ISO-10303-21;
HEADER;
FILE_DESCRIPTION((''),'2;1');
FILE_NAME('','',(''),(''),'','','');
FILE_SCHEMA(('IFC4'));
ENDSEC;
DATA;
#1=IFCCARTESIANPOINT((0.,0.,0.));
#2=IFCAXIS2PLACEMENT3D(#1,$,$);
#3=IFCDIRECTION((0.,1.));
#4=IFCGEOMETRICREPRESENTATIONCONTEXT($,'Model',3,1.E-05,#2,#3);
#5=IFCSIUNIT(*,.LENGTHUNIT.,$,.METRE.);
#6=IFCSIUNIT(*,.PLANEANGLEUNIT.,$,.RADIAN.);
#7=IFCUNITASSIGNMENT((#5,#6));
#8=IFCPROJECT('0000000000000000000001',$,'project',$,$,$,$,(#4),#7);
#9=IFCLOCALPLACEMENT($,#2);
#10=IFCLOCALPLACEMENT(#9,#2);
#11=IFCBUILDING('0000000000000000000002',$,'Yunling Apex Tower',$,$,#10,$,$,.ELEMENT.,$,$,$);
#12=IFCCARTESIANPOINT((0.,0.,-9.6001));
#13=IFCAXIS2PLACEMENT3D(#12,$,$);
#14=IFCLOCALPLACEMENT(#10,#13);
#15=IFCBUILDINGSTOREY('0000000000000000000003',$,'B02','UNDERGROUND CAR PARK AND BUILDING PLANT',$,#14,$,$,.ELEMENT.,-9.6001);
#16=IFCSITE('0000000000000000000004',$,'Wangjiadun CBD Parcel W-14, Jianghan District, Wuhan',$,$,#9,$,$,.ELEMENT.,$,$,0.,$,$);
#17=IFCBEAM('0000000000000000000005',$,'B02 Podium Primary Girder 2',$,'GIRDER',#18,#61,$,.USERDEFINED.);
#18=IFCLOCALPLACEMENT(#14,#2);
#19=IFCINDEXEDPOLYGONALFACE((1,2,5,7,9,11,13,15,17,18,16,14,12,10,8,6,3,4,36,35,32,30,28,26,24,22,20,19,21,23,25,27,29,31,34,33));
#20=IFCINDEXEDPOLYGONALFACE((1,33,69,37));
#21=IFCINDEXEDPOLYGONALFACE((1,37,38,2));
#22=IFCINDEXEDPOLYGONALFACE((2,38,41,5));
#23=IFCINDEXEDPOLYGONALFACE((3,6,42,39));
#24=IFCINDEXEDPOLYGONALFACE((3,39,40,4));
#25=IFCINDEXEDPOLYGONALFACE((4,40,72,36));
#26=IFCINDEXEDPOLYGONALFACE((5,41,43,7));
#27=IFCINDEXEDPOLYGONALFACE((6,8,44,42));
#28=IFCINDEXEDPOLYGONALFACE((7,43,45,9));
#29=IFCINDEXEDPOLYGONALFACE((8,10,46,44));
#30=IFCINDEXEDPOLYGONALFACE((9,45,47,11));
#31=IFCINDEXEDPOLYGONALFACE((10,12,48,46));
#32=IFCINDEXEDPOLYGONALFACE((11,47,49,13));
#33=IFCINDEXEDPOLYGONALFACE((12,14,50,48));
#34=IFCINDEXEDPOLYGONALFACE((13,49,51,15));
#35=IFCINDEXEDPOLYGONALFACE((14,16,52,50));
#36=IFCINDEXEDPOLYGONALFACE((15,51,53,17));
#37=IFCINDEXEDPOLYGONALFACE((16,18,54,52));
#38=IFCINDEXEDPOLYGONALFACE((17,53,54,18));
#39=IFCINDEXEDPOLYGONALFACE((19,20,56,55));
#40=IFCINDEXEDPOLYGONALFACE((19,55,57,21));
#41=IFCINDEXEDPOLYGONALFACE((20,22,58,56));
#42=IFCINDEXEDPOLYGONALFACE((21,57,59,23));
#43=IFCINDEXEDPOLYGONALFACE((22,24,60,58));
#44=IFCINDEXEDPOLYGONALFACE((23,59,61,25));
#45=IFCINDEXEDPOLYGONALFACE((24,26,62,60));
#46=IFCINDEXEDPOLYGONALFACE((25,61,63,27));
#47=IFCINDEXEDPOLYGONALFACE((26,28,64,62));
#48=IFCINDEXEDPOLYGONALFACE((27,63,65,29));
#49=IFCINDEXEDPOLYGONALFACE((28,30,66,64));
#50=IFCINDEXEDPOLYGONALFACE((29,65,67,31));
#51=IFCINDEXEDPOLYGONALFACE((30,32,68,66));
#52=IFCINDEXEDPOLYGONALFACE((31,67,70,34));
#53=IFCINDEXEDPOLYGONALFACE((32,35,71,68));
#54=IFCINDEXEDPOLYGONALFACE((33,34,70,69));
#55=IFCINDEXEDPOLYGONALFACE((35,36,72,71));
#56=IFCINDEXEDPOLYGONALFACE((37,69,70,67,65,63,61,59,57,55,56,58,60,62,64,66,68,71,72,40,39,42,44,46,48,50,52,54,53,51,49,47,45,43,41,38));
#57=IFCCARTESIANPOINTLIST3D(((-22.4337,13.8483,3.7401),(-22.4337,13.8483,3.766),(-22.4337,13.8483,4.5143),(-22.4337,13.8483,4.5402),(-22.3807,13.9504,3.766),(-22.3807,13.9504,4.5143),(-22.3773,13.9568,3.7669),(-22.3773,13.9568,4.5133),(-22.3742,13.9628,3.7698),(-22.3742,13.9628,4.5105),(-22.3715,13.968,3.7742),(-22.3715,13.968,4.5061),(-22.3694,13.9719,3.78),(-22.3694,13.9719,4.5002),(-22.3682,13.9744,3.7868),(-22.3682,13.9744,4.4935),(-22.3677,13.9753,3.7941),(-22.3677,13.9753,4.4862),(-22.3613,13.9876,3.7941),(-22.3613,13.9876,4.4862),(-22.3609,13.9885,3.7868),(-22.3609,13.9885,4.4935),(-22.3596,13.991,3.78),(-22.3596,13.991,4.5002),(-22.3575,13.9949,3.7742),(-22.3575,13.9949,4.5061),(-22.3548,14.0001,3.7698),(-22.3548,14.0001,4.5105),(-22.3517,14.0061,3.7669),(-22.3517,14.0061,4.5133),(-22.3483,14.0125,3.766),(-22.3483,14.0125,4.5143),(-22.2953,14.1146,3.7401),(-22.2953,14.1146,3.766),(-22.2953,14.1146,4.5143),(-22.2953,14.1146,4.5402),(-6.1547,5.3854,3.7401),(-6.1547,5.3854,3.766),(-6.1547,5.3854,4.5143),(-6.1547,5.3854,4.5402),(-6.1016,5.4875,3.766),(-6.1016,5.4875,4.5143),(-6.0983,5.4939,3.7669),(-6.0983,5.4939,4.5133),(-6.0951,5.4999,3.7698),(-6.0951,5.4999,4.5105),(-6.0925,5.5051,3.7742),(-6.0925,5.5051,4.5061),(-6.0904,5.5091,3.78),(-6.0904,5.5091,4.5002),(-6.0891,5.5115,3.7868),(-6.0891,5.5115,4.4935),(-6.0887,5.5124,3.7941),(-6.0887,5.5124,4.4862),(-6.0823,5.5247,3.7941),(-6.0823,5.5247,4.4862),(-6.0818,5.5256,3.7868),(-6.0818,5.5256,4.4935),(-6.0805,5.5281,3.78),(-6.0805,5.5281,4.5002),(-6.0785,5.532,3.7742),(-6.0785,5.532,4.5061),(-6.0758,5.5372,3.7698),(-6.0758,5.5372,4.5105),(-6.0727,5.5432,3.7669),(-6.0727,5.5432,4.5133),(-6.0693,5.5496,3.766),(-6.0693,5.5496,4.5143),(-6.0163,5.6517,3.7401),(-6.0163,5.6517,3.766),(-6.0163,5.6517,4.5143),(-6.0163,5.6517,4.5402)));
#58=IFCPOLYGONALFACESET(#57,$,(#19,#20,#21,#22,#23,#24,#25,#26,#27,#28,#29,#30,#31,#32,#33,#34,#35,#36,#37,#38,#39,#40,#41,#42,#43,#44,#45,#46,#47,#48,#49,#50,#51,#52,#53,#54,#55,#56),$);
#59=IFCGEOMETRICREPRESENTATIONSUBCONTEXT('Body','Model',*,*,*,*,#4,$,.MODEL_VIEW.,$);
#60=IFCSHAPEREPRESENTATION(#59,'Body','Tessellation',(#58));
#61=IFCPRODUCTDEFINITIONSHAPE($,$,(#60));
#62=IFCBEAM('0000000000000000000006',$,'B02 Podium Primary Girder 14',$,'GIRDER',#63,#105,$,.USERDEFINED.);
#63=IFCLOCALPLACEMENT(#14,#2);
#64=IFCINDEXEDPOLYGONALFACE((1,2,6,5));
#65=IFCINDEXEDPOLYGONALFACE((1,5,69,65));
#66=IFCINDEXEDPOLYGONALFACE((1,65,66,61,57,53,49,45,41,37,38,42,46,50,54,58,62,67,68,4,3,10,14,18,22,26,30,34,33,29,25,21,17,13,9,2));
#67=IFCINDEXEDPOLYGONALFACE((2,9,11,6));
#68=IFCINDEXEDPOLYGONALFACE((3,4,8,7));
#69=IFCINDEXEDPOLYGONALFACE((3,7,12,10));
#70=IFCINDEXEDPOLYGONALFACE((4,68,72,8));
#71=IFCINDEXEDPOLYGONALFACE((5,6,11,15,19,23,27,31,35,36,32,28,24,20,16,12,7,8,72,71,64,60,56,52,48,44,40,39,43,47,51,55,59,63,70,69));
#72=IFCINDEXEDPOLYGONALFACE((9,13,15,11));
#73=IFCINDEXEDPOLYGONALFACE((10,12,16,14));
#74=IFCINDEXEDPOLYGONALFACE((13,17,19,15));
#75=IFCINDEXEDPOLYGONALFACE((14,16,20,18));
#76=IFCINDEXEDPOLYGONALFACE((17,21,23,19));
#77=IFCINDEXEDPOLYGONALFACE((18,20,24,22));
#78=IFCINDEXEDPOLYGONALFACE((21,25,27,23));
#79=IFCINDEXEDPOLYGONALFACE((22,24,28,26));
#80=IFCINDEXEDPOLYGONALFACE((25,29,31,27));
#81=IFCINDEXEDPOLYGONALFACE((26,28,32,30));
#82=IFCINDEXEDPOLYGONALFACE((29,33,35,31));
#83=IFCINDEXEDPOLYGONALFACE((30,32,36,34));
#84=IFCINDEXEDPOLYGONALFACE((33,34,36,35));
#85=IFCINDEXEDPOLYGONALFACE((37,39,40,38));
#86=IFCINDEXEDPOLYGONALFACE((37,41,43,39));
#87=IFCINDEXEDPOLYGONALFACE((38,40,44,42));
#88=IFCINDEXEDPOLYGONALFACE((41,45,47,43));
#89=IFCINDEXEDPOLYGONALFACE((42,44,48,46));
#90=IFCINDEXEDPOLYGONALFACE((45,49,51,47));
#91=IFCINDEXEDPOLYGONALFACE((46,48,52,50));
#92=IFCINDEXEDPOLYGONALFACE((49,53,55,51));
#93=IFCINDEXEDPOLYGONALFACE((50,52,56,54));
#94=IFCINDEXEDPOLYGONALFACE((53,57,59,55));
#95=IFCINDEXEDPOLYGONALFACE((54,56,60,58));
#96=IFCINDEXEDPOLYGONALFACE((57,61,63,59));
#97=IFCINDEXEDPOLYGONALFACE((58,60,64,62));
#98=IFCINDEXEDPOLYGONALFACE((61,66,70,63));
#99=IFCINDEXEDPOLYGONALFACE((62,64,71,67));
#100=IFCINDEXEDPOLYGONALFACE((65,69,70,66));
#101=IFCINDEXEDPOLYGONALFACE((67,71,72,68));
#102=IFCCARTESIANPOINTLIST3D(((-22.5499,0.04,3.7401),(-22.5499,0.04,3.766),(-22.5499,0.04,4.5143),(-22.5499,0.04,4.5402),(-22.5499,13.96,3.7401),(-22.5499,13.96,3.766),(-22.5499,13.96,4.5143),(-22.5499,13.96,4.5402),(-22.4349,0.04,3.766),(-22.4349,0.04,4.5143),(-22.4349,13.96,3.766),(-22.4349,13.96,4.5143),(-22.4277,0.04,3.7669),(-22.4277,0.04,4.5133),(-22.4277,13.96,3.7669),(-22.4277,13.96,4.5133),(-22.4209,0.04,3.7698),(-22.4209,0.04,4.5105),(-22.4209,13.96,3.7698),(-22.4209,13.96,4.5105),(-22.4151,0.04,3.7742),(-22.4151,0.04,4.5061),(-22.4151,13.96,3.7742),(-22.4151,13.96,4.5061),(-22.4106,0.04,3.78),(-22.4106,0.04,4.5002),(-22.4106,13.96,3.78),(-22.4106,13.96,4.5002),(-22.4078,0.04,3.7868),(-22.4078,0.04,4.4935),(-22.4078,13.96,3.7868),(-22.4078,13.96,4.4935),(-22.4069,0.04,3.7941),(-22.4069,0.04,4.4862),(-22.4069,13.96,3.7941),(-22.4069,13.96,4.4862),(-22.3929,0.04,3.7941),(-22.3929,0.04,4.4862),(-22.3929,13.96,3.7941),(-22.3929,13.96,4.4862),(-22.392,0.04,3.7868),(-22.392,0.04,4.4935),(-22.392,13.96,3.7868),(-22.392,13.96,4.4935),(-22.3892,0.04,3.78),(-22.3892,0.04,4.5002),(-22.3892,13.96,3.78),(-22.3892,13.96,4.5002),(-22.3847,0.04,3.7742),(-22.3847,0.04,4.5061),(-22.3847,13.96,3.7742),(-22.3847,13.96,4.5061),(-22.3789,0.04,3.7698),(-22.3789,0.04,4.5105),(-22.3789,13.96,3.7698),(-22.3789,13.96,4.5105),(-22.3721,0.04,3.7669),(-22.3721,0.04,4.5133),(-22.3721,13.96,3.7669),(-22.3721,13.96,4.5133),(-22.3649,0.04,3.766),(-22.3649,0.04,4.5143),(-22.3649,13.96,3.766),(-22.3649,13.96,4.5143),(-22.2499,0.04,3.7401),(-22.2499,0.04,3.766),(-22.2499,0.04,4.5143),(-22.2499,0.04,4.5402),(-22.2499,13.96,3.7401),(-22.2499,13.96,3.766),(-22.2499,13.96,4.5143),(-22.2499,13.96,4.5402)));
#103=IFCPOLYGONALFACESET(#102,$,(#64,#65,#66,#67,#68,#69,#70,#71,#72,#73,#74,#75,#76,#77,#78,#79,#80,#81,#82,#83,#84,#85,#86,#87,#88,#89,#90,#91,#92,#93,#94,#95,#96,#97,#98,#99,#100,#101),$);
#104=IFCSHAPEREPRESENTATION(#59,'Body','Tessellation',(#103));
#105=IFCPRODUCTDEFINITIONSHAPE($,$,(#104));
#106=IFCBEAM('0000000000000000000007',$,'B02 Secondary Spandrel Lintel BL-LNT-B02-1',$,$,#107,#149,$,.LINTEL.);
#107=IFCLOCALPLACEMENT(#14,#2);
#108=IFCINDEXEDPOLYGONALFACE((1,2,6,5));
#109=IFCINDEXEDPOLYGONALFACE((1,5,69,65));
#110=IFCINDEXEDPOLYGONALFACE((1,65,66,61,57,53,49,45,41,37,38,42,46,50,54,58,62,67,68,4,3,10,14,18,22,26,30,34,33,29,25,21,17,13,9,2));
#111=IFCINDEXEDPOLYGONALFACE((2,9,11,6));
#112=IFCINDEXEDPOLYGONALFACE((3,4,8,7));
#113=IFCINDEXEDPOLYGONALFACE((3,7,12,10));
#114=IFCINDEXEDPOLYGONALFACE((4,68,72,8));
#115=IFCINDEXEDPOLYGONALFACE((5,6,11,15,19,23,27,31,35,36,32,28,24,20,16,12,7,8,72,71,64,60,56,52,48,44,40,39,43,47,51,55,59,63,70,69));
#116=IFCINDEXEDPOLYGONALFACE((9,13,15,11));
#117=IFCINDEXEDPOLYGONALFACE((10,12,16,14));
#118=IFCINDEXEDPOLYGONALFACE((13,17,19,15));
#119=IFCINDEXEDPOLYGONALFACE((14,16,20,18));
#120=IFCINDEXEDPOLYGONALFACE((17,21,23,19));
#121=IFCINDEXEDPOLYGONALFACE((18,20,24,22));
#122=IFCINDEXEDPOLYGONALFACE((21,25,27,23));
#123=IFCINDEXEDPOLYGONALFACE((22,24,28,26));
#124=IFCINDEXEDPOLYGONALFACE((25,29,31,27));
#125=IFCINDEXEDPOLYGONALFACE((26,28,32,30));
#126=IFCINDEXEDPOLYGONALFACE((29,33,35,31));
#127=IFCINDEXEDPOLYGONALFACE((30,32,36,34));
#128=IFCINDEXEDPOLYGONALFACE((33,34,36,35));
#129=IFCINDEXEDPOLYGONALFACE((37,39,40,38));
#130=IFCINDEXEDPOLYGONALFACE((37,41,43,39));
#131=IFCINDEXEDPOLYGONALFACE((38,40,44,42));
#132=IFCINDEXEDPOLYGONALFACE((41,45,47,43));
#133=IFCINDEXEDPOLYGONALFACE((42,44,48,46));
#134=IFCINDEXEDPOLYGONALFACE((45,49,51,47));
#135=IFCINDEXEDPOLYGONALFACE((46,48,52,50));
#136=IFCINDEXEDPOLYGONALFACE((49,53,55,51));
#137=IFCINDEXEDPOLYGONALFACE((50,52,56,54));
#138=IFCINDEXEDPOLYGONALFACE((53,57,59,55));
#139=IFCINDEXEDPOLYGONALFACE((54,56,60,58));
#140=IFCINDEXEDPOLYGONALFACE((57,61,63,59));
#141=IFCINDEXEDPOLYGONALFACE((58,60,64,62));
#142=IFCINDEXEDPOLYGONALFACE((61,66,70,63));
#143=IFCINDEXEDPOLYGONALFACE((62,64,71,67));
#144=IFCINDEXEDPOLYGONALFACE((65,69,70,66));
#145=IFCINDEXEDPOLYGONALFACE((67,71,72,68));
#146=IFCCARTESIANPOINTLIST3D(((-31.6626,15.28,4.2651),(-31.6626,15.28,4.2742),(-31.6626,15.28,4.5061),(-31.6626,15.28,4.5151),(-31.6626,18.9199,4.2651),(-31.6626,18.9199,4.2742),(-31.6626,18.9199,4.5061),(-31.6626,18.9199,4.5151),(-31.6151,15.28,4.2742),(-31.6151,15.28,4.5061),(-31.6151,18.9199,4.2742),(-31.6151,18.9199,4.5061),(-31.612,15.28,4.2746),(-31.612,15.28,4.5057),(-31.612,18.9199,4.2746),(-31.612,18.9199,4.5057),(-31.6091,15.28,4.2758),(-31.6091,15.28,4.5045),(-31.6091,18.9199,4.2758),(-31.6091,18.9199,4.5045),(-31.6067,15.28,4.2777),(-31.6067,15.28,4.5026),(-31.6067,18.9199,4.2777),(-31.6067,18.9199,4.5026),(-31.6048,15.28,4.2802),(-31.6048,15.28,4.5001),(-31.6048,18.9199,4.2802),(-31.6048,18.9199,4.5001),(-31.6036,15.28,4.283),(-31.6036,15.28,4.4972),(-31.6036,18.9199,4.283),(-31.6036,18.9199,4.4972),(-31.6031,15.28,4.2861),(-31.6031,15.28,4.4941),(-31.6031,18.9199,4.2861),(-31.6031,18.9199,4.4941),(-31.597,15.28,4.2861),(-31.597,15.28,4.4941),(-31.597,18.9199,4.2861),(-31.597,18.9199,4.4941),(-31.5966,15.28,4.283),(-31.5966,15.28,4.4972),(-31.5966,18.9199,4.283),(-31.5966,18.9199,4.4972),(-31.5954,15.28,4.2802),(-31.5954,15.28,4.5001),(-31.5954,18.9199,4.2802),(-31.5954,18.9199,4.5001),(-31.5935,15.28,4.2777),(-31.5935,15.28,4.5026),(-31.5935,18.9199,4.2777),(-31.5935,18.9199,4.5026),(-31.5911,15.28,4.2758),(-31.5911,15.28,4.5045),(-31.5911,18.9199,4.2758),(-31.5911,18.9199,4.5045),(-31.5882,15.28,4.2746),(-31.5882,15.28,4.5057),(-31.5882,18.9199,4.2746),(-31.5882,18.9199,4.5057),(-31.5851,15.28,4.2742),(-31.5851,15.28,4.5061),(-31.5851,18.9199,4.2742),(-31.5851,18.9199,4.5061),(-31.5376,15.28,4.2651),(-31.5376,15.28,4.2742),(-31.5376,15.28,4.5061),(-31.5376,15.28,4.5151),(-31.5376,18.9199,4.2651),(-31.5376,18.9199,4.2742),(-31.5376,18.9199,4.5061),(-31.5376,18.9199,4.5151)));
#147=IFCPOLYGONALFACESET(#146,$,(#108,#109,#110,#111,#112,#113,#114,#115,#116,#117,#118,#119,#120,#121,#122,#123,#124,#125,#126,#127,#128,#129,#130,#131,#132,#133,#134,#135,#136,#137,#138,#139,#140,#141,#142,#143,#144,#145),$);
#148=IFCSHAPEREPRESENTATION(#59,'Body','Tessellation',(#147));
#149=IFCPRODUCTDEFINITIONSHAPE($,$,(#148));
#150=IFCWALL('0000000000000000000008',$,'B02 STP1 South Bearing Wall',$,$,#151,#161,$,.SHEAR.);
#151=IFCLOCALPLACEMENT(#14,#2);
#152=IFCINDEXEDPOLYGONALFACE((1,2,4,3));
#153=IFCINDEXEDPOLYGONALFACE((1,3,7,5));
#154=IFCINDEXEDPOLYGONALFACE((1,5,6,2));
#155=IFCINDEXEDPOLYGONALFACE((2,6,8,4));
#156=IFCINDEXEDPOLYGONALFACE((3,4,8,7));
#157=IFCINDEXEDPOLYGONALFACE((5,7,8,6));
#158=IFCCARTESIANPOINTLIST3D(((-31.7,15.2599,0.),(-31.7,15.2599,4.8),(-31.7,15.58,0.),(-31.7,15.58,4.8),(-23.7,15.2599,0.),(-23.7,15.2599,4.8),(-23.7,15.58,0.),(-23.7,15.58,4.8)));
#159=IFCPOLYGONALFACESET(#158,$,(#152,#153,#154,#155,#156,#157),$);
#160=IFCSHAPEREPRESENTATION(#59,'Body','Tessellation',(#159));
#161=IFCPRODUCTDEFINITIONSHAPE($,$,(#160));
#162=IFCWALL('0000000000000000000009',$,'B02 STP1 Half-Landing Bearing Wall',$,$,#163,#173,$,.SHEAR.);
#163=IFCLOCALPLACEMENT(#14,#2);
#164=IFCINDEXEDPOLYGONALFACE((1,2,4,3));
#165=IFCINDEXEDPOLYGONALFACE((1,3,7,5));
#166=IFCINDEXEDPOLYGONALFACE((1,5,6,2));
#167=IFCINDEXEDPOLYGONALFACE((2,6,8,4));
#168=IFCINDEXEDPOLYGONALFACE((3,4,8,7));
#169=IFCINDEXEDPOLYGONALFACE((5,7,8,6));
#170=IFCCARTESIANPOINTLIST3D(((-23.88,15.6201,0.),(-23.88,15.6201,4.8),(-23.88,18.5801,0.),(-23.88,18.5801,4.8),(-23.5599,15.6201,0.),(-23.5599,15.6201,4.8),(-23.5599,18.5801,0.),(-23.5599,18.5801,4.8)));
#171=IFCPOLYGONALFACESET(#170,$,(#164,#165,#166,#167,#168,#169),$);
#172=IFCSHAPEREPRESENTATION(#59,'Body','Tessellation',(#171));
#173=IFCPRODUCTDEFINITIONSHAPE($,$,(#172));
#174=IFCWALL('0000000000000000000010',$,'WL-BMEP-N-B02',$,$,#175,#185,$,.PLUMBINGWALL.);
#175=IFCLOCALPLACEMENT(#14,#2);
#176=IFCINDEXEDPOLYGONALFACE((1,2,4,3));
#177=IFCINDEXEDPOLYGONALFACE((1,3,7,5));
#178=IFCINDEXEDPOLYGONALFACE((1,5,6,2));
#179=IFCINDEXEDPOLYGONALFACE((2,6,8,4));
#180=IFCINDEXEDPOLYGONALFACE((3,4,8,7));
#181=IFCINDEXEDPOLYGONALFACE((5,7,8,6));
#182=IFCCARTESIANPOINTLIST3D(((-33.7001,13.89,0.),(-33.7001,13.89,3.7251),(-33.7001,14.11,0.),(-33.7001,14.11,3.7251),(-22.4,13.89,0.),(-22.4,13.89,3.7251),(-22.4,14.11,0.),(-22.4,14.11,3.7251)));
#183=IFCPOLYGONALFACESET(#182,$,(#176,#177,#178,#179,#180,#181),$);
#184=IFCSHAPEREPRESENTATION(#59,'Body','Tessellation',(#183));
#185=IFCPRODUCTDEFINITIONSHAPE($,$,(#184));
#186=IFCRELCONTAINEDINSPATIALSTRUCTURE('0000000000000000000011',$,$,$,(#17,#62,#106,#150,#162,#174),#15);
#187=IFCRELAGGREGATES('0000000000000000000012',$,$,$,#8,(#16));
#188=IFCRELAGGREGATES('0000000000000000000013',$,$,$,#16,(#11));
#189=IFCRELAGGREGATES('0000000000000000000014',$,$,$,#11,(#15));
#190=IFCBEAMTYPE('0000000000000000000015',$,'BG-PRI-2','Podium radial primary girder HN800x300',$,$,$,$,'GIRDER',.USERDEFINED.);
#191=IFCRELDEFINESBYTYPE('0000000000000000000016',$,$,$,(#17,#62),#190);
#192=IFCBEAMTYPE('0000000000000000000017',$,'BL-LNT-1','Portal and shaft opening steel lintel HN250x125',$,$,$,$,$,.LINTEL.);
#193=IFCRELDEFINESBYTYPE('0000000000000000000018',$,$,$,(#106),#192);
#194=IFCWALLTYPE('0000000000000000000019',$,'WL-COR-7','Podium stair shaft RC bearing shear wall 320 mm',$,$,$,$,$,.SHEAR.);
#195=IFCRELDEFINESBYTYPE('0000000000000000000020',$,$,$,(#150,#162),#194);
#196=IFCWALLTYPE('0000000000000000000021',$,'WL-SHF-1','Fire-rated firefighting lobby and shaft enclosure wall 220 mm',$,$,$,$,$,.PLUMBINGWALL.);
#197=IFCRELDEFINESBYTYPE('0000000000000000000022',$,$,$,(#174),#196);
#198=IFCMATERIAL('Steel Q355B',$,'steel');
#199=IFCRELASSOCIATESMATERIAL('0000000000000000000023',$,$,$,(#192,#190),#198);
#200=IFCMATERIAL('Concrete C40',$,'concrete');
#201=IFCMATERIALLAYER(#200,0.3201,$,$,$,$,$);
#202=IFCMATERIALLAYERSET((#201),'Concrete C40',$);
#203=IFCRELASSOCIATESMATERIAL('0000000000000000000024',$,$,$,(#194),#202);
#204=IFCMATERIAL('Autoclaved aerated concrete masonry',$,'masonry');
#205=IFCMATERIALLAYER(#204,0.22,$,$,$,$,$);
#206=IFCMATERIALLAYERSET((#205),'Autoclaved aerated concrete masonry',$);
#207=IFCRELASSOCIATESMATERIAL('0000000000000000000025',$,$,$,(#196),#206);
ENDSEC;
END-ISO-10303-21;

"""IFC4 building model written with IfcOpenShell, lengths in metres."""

from ifc_helpers import new_model, si_unit, direction, frame, frame_2d, origin, origin_2d, place, context, subcontext, project, spatial, rectangle, i_section, extrude, source, transform, mapped, material, layer, layer_set, material_profile, profile_set, type_object, element, save


model = new_model("IFC4")

# Units and contexts
model_context = context("Model", 3, precision=1e-05, world=origin(), true_north=direction((0.0, 1.0)))
body_context = subcontext(model_context, "Body", "Model", "MODEL_VIEW")
ifc_project = project(units=[si_unit("LENGTHUNIT", "METRE"), si_unit("PLANEANGLEUNIT", "RADIAN")], contexts=[model_context])

# Site, building, storey
site_placement = place(None, origin())
site = spatial("IfcSite", under=ifc_project, at=site_placement, Name="Wangjiadun CBD Parcel W-14, Jianghan District, Wuhan", CompositionType="ELEMENT", RefElevation=0.0)
building_placement = place(site_placement, origin())
building = spatial("IfcBuilding", under=site, at=building_placement, Name="Yunling Apex Tower", CompositionType="ELEMENT")
storey_placement = place(building_placement, frame((0.0, 0.0, -9.6001)))
storey = spatial("IfcBuildingStorey", under=building, at=storey_placement, Name="B02", Description="UNDERGROUND CAR PARK AND BUILDING PLANT", CompositionType="ELEMENT", Elevation=-9.6001)

# Beams
ifc_material_1 = material(Name="Steel Q355B", Category="steel")
ifc_material_profile_1 = material_profile(ifc_material_1, i_section(OverallWidth=0.125, OverallDepth=0.25, WebThickness=0.0061, FlangeThickness=0.009, FilletRadius=0.012, at=origin_2d()))
ifc_profile_set_1 = profile_set([ifc_material_profile_1], Name="Steel Q355B")
beam_type_1 = type_object("IfcBeamType", Name="BL-LNT-1", Description="Portal and shaft opening steel lintel HN250x125", PredefinedType="LINTEL", material=ifc_profile_set_1)
ifc_material_profile_2 = material_profile(ifc_material_1, i_section(OverallWidth=0.3, OverallDepth=0.8, WebThickness=0.0139, FlangeThickness=0.0259, FilletRadius=0.0281, at=origin_2d()))
ifc_profile_set_2 = profile_set([ifc_material_profile_2], Name="Steel Q355B")
beam_type_2 = type_object("IfcBeamType", Name="BG-PRI-2", Description="Podium radial primary girder HN800x300", ElementType="GIRDER", PredefinedType="USERDEFINED", material=ifc_profile_set_2)
shared_shape_1 = source(origin(), body_context, "Body", "SweptSolid", [
    extrude(i_section(OverallWidth=0.3, OverallDepth=0.8, WebThickness=0.0139, FlangeThickness=0.0259, FilletRadius=0.0281, at=origin_2d()), origin(), (0.0, 0.0, 1.0), 18.3474),
])
beam_1_placement = place(storey_placement, frame((-22.3645, 13.9814, 4.1401), z_axis=(0.887266, -0.461258, 0.0), x_axis=(0.461258, 0.887266, 0.0)))
element("IfcBeam", 1, at=beam_1_placement, inside=storey, type_object=beam_type_2, Name="B02 Podium Primary Girder 2", ObjectType="GIRDER", PredefinedType="USERDEFINED", context=body_context, shape_type="MappedRepresentation", body=[
    mapped(shared_shape_1, transform((0.0, 0.0, 0.0), scale=1.0)),
])
shared_shape_2 = source(origin(), body_context, "Body", "SweptSolid", [
    extrude(i_section(OverallWidth=0.3, OverallDepth=0.8, WebThickness=0.0139, FlangeThickness=0.0259, FilletRadius=0.0281, at=origin_2d()), origin(), (0.0, 0.0, 1.0), 13.9199),
])
beam_2_placement = place(storey_placement, frame((-22.3999, 13.96, 4.1401), z_axis=(0.0, -1.0, 0.0), x_axis=(1.0, 0.0, 0.0)))
element("IfcBeam", 2, at=beam_2_placement, inside=storey, type_object=beam_type_2, Name="B02 Podium Primary Girder 14", ObjectType="GIRDER", PredefinedType="USERDEFINED", context=body_context, shape_type="MappedRepresentation", body=[
    mapped(shared_shape_2, transform((0.0, 0.0, 0.0), scale=1.0)),
])
shared_shape_3 = source(origin(), body_context, "Body", "SweptSolid", [
    extrude(i_section(OverallWidth=0.125, OverallDepth=0.25, WebThickness=0.0061, FlangeThickness=0.009, FilletRadius=0.012, at=origin_2d()), origin(), (0.0, 0.0, 1.0), 3.6399),
])
beam_3_placement = place(storey_placement, frame((-31.6001, 15.28, 4.3901), z_axis=(0.0, 1.0, 0.0), x_axis=(-1.0, 0.0, 0.0)))
element("IfcBeam", 3, at=beam_3_placement, inside=storey, type_object=beam_type_1, Name="B02 Secondary Spandrel Lintel BL-LNT-B02-1", PredefinedType="LINTEL", context=body_context, shape_type="MappedRepresentation", body=[
    mapped(shared_shape_3, transform((0.0, 0.0, 0.0), scale=1.0)),
])

# Walls
ifc_material_2 = material(Name="Concrete C40", Category="concrete")
ifc_layer_1 = layer(ifc_material_2, 0.3201)
ifc_layer_set_1 = layer_set([ifc_layer_1], Name="Concrete C40")
wall_type_1 = type_object("IfcWallType", Name="WL-COR-7", Description="Podium stair shaft RC bearing shear wall 320 mm", PredefinedType="SHEAR", material=ifc_layer_set_1)
wall_1_placement = place(storey_placement, frame((-31.7, 15.4199, 0.0), z_axis=(0.0, 0.0, 1.0), x_axis=(1.0, 0.0, 0.0)))
element("IfcWall", 4, at=wall_1_placement, inside=storey, type_object=wall_type_1, Name="B02 STP1 South Bearing Wall", PredefinedType="SHEAR", context=body_context, shape_type="SweptSolid", body=[
    extrude(rectangle(XDim=8.0, YDim=0.3201, at=frame_2d((4.0, 0.0))), origin(), (0.0, 0.0, 1.0), 4.8),
])
wall_2_placement = place(storey_placement, frame((-23.72, 15.6201, 0.0), z_axis=(0.0, 0.0, 1.0), x_axis=(0.0, 1.0, 0.0)))
element("IfcWall", 5, at=wall_2_placement, inside=storey, type_object=wall_type_1, Name="B02 STP1 Half-Landing Bearing Wall", PredefinedType="SHEAR", context=body_context, shape_type="SweptSolid", body=[
    extrude(rectangle(XDim=2.96, YDim=0.3201, at=frame_2d((1.48, 0.0))), origin(), (0.0, 0.0, 1.0), 4.8),
])

# Shared definitions
ifc_material_3 = material(Name="Autoclaved aerated concrete masonry", Category="masonry")
ifc_layer_2 = layer(ifc_material_3, 0.22)
ifc_layer_set_2 = layer_set([ifc_layer_2], Name="Autoclaved aerated concrete masonry")
wall_type_2 = type_object("IfcWallType", Name="WL-SHF-1", Description="Fire-rated firefighting lobby and shaft enclosure wall 220 mm", PredefinedType="PLUMBINGWALL", material=ifc_layer_set_2)

# Wall
wall_3_placement = place(storey_placement, frame((-33.7, 14.0, 0.0), z_axis=(0.0, 0.0, 1.0), x_axis=(1.0, 0.0, 0.0)))
element("IfcWall", 6, at=wall_3_placement, inside=storey, type_object=wall_type_2, Name="WL-BMEP-N-B02", PredefinedType="PLUMBINGWALL", context=body_context, shape_type="SweptSolid", body=[
    extrude(rectangle(XDim=11.3, YDim=0.22, at=frame_2d((5.6499, 0.0))), origin(), (0.0, 0.0, 1.0), 3.7251),
])

save(model, "model.ifc")
